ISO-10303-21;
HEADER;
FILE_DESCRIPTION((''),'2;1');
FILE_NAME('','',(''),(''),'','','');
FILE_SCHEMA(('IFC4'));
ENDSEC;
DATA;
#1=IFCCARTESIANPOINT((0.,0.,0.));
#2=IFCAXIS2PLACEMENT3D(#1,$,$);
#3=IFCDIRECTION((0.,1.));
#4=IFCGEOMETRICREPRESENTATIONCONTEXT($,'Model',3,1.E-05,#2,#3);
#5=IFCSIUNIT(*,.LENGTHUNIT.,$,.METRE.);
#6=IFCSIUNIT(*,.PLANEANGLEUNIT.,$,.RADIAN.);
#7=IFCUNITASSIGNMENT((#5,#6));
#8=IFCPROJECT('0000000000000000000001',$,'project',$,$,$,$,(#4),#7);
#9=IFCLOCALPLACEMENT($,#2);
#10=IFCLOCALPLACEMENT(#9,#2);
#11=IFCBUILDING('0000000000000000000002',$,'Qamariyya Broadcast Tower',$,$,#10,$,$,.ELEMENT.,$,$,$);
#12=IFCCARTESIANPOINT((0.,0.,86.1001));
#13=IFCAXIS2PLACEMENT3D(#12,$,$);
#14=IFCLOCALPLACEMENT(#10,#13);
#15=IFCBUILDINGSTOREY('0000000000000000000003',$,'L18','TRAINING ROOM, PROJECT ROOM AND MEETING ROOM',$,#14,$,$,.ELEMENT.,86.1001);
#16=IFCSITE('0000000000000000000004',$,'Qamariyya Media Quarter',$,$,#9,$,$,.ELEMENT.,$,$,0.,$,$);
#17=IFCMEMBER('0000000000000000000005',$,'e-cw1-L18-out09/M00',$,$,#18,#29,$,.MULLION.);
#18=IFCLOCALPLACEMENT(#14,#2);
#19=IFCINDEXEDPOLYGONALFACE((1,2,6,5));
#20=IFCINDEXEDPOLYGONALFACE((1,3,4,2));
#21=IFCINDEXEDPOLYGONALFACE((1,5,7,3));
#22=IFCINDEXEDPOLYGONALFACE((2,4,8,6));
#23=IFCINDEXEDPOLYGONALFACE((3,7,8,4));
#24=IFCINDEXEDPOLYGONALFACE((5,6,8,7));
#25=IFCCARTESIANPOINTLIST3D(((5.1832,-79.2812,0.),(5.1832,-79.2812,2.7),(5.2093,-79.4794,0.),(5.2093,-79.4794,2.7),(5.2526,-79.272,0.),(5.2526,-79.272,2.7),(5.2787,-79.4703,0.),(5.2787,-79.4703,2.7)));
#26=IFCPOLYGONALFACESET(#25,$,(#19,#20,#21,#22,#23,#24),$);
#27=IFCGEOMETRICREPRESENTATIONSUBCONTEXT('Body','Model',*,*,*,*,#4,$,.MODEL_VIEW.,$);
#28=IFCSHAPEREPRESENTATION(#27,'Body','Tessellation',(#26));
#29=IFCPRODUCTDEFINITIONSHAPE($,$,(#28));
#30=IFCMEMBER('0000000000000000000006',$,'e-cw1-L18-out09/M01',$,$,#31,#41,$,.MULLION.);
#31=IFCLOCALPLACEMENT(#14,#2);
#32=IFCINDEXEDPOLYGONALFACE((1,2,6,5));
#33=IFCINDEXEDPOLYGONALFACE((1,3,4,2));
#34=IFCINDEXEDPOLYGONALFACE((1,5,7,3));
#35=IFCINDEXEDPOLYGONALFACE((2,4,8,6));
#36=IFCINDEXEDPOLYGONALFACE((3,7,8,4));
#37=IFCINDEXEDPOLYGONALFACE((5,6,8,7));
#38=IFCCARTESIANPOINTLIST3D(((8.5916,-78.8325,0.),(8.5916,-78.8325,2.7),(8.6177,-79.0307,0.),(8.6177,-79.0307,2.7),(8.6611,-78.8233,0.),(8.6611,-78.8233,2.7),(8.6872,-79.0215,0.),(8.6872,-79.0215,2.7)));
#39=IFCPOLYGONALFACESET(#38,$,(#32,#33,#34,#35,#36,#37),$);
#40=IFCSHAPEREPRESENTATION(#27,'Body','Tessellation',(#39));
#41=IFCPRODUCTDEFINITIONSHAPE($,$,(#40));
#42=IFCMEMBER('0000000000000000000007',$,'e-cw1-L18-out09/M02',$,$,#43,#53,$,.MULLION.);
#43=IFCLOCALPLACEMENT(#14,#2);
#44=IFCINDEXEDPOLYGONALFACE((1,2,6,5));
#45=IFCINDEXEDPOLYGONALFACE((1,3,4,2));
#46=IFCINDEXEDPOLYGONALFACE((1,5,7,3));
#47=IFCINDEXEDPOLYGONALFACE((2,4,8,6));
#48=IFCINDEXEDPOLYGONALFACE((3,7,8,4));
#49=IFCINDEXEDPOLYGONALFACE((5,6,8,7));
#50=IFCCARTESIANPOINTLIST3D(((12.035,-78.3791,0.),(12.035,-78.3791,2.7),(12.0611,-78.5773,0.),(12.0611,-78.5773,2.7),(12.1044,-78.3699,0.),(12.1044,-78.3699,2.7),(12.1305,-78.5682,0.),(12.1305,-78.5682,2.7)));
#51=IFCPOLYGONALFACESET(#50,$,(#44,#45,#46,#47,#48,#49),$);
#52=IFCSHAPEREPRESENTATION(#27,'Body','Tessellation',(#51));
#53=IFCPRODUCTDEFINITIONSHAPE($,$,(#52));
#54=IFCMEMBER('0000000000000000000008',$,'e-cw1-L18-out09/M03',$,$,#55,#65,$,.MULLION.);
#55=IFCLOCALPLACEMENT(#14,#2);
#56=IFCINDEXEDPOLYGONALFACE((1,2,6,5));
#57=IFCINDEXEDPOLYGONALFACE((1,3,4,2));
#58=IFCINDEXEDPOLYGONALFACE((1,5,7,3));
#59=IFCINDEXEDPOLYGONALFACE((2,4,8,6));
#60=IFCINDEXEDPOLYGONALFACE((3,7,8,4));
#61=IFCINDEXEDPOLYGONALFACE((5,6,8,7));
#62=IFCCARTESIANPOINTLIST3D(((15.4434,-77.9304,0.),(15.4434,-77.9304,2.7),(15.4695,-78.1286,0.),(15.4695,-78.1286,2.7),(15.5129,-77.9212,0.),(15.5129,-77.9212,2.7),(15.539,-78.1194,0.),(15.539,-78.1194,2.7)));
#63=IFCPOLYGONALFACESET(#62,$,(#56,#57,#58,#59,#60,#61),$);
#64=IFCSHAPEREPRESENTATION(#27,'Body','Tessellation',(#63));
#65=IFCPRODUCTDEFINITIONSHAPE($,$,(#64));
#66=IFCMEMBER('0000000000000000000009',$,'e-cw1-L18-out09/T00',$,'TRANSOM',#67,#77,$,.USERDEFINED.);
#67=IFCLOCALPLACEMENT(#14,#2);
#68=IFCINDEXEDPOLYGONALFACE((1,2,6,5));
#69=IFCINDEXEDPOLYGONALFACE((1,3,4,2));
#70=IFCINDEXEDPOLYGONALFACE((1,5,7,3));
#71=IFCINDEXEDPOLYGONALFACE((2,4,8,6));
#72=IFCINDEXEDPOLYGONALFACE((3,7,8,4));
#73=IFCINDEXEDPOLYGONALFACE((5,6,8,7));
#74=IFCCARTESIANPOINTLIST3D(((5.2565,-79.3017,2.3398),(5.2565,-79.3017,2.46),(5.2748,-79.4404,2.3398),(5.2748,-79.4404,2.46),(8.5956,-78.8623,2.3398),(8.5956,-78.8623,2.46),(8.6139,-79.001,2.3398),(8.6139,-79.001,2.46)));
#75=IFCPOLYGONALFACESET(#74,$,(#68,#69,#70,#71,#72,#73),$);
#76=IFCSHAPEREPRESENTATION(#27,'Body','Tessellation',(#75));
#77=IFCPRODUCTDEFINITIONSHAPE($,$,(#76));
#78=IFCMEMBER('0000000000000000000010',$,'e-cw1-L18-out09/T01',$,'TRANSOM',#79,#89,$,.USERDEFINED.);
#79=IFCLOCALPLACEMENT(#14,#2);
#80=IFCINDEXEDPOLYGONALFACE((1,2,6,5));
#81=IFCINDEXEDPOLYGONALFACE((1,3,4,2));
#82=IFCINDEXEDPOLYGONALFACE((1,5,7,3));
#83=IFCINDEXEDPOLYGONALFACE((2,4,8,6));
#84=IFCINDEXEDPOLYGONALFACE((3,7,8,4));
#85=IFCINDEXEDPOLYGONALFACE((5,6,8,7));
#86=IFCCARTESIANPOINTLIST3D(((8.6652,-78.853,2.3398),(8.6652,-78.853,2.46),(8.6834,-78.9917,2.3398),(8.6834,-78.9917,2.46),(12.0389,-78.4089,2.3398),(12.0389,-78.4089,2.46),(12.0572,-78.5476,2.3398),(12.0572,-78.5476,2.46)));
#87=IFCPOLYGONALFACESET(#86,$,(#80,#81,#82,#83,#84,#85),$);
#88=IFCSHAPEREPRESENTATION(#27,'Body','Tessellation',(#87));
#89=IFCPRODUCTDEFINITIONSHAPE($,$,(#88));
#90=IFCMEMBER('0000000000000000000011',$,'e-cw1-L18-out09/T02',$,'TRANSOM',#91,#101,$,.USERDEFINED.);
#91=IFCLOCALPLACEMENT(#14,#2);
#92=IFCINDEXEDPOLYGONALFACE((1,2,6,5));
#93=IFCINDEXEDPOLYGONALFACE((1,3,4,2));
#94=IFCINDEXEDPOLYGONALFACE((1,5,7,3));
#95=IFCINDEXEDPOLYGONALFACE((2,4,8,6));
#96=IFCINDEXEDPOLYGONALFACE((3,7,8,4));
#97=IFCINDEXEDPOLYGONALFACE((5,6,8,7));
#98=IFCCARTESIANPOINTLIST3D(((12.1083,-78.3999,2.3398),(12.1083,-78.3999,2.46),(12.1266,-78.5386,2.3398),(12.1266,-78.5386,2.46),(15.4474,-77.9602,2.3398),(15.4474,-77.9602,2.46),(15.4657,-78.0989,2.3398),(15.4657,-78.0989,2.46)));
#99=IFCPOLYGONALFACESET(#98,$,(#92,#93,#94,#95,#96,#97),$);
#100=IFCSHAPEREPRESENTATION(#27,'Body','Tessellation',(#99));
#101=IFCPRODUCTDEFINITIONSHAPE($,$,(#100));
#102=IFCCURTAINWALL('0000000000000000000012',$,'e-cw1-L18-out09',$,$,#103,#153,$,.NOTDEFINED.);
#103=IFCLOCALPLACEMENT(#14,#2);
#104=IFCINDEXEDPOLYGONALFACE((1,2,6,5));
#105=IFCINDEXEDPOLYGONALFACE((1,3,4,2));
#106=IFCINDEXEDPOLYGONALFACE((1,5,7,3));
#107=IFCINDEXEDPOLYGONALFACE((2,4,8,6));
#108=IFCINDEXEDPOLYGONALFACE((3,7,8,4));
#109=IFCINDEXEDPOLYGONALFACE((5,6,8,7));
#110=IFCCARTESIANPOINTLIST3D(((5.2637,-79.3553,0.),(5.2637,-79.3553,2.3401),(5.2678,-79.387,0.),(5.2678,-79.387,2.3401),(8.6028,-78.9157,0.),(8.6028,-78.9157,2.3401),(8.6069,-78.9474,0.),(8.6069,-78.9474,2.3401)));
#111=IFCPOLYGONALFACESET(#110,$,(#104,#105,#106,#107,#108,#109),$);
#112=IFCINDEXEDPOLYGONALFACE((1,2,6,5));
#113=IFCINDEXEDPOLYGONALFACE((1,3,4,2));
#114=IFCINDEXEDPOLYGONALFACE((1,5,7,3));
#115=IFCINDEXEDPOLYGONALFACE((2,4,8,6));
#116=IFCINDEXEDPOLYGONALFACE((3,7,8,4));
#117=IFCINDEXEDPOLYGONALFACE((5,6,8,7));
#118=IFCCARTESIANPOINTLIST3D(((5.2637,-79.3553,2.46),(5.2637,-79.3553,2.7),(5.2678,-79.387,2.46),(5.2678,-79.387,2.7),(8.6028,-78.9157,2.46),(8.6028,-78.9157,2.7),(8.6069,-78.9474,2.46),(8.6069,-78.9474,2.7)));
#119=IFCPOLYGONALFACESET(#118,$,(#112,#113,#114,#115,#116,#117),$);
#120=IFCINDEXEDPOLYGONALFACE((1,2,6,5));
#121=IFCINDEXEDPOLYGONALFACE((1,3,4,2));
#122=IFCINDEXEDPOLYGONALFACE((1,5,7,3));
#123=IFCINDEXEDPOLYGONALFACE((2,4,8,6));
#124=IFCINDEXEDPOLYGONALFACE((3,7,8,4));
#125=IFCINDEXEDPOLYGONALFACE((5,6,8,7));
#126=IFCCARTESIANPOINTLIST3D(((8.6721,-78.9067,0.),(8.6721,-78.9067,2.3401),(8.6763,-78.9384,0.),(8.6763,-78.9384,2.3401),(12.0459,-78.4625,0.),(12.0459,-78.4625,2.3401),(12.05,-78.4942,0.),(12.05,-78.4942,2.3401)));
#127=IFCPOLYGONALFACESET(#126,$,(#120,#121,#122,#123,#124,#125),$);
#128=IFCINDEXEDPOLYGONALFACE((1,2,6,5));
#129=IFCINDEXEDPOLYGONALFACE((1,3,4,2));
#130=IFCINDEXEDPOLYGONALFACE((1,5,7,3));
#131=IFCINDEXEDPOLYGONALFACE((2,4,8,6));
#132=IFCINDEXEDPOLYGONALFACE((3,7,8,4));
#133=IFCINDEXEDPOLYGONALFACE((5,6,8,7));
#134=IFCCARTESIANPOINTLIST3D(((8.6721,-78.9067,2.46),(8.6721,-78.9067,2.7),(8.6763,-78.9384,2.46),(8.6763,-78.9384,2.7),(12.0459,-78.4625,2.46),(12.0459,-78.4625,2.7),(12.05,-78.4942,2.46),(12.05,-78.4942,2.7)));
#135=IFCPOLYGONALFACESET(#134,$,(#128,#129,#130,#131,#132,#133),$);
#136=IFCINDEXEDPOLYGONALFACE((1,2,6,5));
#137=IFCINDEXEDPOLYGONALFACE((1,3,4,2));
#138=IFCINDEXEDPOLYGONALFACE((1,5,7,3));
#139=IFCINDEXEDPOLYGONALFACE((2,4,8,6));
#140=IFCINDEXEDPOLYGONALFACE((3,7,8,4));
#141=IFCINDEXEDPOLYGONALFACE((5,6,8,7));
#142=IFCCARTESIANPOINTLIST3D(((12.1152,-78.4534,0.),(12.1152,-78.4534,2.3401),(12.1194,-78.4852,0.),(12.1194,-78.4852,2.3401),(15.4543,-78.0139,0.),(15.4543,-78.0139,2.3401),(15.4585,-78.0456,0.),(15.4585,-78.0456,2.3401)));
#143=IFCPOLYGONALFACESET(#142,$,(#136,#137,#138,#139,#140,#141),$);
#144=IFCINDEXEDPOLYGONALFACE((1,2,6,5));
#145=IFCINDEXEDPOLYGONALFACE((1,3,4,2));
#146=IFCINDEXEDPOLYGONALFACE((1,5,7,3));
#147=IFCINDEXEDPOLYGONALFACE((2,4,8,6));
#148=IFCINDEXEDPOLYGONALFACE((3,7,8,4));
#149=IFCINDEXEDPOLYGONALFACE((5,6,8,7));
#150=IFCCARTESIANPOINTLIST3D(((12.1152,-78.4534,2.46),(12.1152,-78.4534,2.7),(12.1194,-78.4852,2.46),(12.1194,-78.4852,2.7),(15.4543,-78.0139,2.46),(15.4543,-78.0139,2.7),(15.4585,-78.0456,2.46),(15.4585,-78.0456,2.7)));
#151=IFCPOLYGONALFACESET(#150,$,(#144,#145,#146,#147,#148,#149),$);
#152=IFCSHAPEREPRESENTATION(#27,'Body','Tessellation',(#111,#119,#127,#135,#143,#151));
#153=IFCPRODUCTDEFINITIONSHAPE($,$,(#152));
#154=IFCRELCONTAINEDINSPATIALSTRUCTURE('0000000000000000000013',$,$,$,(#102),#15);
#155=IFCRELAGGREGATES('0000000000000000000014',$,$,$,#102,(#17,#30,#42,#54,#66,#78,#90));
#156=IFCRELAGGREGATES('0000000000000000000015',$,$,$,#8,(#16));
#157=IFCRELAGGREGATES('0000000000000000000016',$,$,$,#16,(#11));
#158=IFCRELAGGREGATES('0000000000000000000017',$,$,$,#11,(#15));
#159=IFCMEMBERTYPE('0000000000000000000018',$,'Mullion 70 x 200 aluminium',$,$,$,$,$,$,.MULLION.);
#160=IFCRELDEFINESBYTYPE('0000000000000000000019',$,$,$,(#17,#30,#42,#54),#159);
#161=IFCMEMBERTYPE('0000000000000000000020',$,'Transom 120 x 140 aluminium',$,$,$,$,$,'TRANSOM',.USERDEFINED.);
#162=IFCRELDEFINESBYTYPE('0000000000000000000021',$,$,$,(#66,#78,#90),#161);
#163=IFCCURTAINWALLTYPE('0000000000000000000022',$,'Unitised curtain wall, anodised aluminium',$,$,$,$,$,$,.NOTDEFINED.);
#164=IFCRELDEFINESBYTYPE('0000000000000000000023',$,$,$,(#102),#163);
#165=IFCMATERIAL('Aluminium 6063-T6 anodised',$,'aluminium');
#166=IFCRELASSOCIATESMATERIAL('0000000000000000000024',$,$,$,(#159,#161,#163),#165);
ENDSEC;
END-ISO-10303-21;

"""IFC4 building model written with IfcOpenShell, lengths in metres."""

from ifc_helpers import new_model, si_unit, direction, frame, origin, origin_2d, place, context, subcontext, project, spatial, rectangle, extrude, material, material_profile, profile_set, type_object, element, aggregate, save


model = new_model("IFC4")

# Units and contexts
model_context = context("Model", 3, precision=1e-05, world=origin(), true_north=direction((0.0, 1.0)))
body_context = subcontext(model_context, "Body", "Model", "MODEL_VIEW")
ifc_project = project(units=[si_unit("LENGTHUNIT", "METRE"), si_unit("PLANEANGLEUNIT", "RADIAN")], contexts=[model_context])

# Members
ifc_material = material(Name="Aluminium 6063-T6 anodised", Category="aluminium")
ifc_material_profile_1 = material_profile(ifc_material, rectangle(XDim=0.2, YDim=0.0701, at=origin_2d()))
ifc_profile_set_1 = profile_set([ifc_material_profile_1], Name="Aluminium 6063-T6 anodised")
member_type_1 = type_object("IfcMemberType", Name="Mullion 70 x 200 aluminium", PredefinedType="MULLION", material=ifc_profile_set_1)
site_placement = place(None, origin())
building_placement = place(site_placement, origin())
storey_placement = place(building_placement, frame((0.0, 0.0, 86.1001)))
member_1_placement = place(storey_placement, frame((5.231, -79.3757, 0.0), z_axis=(0.0, 0.0, 1.0), x_axis=(-0.130526, 0.991445, 0.0)))
member_1 = element("IfcMember", 1, at=member_1_placement, type_object=member_type_1, Name="e-cw1-L18-out09/M00", PredefinedType="MULLION", context=body_context, shape_type="SweptSolid", body=[
    extrude(rectangle(XDim=0.2, YDim=0.0701, at=origin_2d()), origin(), (0.0, 0.0, 1.0), 2.7),
])
member_2_placement = place(storey_placement, frame((8.6394, -78.927, 0.0), z_axis=(0.0, 0.0, 1.0), x_axis=(-0.130526, 0.991445, 0.0)))
member_2 = element("IfcMember", 2, at=member_2_placement, type_object=member_type_1, Name="e-cw1-L18-out09/M01", PredefinedType="MULLION", context=body_context, shape_type="SweptSolid", body=[
    extrude(rectangle(XDim=0.2, YDim=0.0701, at=origin_2d()), origin(), (0.0, 0.0, 1.0), 2.7),
])
member_3_placement = place(storey_placement, frame((12.0828, -78.4736, 0.0), z_axis=(0.0, 0.0, 1.0), x_axis=(-0.130526, 0.991445, 0.0)))
member_3 = element("IfcMember", 3, at=member_3_placement, type_object=member_type_1, Name="e-cw1-L18-out09/M02", PredefinedType="MULLION", context=body_context, shape_type="SweptSolid", body=[
    extrude(rectangle(XDim=0.2, YDim=0.0701, at=origin_2d()), origin(), (0.0, 0.0, 1.0), 2.7),
])
member_4_placement = place(storey_placement, frame((15.4912, -78.0249, 0.0), z_axis=(0.0, 0.0, 1.0), x_axis=(-0.130526, 0.991445, 0.0)))
member_4 = element("IfcMember", 4, at=member_4_placement, type_object=member_type_1, Name="e-cw1-L18-out09/M03", PredefinedType="MULLION", context=body_context, shape_type="SweptSolid", body=[
    extrude(rectangle(XDim=0.2, YDim=0.0701, at=origin_2d()), origin(), (0.0, 0.0, 1.0), 2.7),
])
ifc_material_profile_2 = material_profile(ifc_material, rectangle(XDim=0.1399, YDim=0.1201, at=origin_2d()))
ifc_profile_set_2 = profile_set([ifc_material_profile_2], Name="Aluminium 6063-T6 anodised")
member_type_2 = type_object("IfcMemberType", Name="Transom 120 x 140 aluminium", ElementType="TRANSOM", PredefinedType="USERDEFINED", material=ifc_profile_set_2)
member_5_placement = place(storey_placement, frame((5.2656, -79.3711, 2.3999), z_axis=(0.991451, 0.130483, 0.0), x_axis=(-0.130483, 0.991451, 0.0)))
member_5 = element("IfcMember", 5, at=member_5_placement, type_object=member_type_2, Name="e-cw1-L18-out09/T00", ObjectType="TRANSOM", PredefinedType="USERDEFINED", context=body_context, shape_type="SweptSolid", body=[
    extrude(rectangle(XDim=0.1399, YDim=0.1201, at=origin_2d()), origin(), (0.0, 0.0, 1.0), 3.3679),
])
member_6_placement = place(storey_placement, frame((8.6743, -78.9224, 2.3999), z_axis=(0.991448, 0.130505, 0.0), x_axis=(-0.130505, 0.991448, 0.0)))
member_6 = element("IfcMember", 6, at=member_6_placement, type_object=member_type_2, Name="e-cw1-L18-out09/T01", ObjectType="TRANSOM", PredefinedType="USERDEFINED", context=body_context, shape_type="SweptSolid", body=[
    extrude(rectangle(XDim=0.1399, YDim=0.1201, at=origin_2d()), origin(), (0.0, 0.0, 1.0), 3.4028),
])
member_7_placement = place(storey_placement, frame((12.1174, -78.4692, 2.3999), z_axis=(0.991441, 0.130554, 0.0), x_axis=(-0.130554, 0.991441, 0.0)))
member_7 = element("IfcMember", 7, at=member_7_placement, type_object=member_type_2, Name="e-cw1-L18-out09/T02", ObjectType="TRANSOM", PredefinedType="USERDEFINED", context=body_context, shape_type="SweptSolid", body=[
    extrude(rectangle(XDim=0.1399, YDim=0.1201, at=origin_2d()), origin(), (0.0, 0.0, 1.0), 3.3679),
])

# Site, building, storey
site = spatial("IfcSite", under=ifc_project, at=site_placement, Name="Qamariyya Media Quarter", CompositionType="ELEMENT", RefElevation=0.0)
building = spatial("IfcBuilding", under=site, at=building_placement, Name="Qamariyya Broadcast Tower", CompositionType="ELEMENT")
storey = spatial("IfcBuildingStorey", under=building, at=storey_placement, Name="L18", Description="TRAINING ROOM, PROJECT ROOM AND MEETING ROOM", CompositionType="ELEMENT", Elevation=86.1001)

# Curtain wall
curtain_wall_type = type_object("IfcCurtainWallType", Name="Unitised curtain wall, anodised aluminium", PredefinedType="NOTDEFINED", material=ifc_material)
curtain_wall_1_placement = place(storey_placement, origin())
curtain_wall_1 = element("IfcCurtainWall", 8, at=curtain_wall_1_placement, inside=storey, type_object=curtain_wall_type, Name="e-cw1-L18-out09", PredefinedType="NOTDEFINED", context=body_context, shape_type="SweptSolid", body=[
    extrude(rectangle(XDim=3.3679, YDim=0.032, at=origin_2d()), frame((6.9353, -79.1514, 0.0), x_axis=(0.991446, 0.130521, 0.0)), (0.0, 0.0, 1.0), 2.3401),
    extrude(rectangle(XDim=3.3679, YDim=0.032, at=origin_2d()), frame((6.9353, -79.1514, 2.46), x_axis=(0.991446, 0.130521, 0.0)), (0.0, 0.0, 1.0), 0.24),
    extrude(rectangle(XDim=3.4028, YDim=0.032, at=origin_2d()), frame((10.3611, -78.7004, 0.0), x_axis=(0.991446, 0.130521, 0.0)), (0.0, 0.0, 1.0), 2.3401),
    extrude(rectangle(XDim=3.4028, YDim=0.032, at=origin_2d()), frame((10.3611, -78.7004, 2.46), x_axis=(0.991446, 0.130521, 0.0)), (0.0, 0.0, 1.0), 0.24),
    extrude(rectangle(XDim=3.3679, YDim=0.032, at=origin_2d()), frame((13.7869, -78.2495, 0.0), x_axis=(0.991446, 0.130521, 0.0)), (0.0, 0.0, 1.0), 2.3401),
    extrude(rectangle(XDim=3.3679, YDim=0.032, at=origin_2d()), frame((13.7869, -78.2495, 2.46), x_axis=(0.991446, 0.130521, 0.0)), (0.0, 0.0, 1.0), 0.24),
])
aggregate(curtain_wall_1, [member_1, member_2, member_3, member_4, member_5, member_6, member_7])

save(model, "model.ifc")
